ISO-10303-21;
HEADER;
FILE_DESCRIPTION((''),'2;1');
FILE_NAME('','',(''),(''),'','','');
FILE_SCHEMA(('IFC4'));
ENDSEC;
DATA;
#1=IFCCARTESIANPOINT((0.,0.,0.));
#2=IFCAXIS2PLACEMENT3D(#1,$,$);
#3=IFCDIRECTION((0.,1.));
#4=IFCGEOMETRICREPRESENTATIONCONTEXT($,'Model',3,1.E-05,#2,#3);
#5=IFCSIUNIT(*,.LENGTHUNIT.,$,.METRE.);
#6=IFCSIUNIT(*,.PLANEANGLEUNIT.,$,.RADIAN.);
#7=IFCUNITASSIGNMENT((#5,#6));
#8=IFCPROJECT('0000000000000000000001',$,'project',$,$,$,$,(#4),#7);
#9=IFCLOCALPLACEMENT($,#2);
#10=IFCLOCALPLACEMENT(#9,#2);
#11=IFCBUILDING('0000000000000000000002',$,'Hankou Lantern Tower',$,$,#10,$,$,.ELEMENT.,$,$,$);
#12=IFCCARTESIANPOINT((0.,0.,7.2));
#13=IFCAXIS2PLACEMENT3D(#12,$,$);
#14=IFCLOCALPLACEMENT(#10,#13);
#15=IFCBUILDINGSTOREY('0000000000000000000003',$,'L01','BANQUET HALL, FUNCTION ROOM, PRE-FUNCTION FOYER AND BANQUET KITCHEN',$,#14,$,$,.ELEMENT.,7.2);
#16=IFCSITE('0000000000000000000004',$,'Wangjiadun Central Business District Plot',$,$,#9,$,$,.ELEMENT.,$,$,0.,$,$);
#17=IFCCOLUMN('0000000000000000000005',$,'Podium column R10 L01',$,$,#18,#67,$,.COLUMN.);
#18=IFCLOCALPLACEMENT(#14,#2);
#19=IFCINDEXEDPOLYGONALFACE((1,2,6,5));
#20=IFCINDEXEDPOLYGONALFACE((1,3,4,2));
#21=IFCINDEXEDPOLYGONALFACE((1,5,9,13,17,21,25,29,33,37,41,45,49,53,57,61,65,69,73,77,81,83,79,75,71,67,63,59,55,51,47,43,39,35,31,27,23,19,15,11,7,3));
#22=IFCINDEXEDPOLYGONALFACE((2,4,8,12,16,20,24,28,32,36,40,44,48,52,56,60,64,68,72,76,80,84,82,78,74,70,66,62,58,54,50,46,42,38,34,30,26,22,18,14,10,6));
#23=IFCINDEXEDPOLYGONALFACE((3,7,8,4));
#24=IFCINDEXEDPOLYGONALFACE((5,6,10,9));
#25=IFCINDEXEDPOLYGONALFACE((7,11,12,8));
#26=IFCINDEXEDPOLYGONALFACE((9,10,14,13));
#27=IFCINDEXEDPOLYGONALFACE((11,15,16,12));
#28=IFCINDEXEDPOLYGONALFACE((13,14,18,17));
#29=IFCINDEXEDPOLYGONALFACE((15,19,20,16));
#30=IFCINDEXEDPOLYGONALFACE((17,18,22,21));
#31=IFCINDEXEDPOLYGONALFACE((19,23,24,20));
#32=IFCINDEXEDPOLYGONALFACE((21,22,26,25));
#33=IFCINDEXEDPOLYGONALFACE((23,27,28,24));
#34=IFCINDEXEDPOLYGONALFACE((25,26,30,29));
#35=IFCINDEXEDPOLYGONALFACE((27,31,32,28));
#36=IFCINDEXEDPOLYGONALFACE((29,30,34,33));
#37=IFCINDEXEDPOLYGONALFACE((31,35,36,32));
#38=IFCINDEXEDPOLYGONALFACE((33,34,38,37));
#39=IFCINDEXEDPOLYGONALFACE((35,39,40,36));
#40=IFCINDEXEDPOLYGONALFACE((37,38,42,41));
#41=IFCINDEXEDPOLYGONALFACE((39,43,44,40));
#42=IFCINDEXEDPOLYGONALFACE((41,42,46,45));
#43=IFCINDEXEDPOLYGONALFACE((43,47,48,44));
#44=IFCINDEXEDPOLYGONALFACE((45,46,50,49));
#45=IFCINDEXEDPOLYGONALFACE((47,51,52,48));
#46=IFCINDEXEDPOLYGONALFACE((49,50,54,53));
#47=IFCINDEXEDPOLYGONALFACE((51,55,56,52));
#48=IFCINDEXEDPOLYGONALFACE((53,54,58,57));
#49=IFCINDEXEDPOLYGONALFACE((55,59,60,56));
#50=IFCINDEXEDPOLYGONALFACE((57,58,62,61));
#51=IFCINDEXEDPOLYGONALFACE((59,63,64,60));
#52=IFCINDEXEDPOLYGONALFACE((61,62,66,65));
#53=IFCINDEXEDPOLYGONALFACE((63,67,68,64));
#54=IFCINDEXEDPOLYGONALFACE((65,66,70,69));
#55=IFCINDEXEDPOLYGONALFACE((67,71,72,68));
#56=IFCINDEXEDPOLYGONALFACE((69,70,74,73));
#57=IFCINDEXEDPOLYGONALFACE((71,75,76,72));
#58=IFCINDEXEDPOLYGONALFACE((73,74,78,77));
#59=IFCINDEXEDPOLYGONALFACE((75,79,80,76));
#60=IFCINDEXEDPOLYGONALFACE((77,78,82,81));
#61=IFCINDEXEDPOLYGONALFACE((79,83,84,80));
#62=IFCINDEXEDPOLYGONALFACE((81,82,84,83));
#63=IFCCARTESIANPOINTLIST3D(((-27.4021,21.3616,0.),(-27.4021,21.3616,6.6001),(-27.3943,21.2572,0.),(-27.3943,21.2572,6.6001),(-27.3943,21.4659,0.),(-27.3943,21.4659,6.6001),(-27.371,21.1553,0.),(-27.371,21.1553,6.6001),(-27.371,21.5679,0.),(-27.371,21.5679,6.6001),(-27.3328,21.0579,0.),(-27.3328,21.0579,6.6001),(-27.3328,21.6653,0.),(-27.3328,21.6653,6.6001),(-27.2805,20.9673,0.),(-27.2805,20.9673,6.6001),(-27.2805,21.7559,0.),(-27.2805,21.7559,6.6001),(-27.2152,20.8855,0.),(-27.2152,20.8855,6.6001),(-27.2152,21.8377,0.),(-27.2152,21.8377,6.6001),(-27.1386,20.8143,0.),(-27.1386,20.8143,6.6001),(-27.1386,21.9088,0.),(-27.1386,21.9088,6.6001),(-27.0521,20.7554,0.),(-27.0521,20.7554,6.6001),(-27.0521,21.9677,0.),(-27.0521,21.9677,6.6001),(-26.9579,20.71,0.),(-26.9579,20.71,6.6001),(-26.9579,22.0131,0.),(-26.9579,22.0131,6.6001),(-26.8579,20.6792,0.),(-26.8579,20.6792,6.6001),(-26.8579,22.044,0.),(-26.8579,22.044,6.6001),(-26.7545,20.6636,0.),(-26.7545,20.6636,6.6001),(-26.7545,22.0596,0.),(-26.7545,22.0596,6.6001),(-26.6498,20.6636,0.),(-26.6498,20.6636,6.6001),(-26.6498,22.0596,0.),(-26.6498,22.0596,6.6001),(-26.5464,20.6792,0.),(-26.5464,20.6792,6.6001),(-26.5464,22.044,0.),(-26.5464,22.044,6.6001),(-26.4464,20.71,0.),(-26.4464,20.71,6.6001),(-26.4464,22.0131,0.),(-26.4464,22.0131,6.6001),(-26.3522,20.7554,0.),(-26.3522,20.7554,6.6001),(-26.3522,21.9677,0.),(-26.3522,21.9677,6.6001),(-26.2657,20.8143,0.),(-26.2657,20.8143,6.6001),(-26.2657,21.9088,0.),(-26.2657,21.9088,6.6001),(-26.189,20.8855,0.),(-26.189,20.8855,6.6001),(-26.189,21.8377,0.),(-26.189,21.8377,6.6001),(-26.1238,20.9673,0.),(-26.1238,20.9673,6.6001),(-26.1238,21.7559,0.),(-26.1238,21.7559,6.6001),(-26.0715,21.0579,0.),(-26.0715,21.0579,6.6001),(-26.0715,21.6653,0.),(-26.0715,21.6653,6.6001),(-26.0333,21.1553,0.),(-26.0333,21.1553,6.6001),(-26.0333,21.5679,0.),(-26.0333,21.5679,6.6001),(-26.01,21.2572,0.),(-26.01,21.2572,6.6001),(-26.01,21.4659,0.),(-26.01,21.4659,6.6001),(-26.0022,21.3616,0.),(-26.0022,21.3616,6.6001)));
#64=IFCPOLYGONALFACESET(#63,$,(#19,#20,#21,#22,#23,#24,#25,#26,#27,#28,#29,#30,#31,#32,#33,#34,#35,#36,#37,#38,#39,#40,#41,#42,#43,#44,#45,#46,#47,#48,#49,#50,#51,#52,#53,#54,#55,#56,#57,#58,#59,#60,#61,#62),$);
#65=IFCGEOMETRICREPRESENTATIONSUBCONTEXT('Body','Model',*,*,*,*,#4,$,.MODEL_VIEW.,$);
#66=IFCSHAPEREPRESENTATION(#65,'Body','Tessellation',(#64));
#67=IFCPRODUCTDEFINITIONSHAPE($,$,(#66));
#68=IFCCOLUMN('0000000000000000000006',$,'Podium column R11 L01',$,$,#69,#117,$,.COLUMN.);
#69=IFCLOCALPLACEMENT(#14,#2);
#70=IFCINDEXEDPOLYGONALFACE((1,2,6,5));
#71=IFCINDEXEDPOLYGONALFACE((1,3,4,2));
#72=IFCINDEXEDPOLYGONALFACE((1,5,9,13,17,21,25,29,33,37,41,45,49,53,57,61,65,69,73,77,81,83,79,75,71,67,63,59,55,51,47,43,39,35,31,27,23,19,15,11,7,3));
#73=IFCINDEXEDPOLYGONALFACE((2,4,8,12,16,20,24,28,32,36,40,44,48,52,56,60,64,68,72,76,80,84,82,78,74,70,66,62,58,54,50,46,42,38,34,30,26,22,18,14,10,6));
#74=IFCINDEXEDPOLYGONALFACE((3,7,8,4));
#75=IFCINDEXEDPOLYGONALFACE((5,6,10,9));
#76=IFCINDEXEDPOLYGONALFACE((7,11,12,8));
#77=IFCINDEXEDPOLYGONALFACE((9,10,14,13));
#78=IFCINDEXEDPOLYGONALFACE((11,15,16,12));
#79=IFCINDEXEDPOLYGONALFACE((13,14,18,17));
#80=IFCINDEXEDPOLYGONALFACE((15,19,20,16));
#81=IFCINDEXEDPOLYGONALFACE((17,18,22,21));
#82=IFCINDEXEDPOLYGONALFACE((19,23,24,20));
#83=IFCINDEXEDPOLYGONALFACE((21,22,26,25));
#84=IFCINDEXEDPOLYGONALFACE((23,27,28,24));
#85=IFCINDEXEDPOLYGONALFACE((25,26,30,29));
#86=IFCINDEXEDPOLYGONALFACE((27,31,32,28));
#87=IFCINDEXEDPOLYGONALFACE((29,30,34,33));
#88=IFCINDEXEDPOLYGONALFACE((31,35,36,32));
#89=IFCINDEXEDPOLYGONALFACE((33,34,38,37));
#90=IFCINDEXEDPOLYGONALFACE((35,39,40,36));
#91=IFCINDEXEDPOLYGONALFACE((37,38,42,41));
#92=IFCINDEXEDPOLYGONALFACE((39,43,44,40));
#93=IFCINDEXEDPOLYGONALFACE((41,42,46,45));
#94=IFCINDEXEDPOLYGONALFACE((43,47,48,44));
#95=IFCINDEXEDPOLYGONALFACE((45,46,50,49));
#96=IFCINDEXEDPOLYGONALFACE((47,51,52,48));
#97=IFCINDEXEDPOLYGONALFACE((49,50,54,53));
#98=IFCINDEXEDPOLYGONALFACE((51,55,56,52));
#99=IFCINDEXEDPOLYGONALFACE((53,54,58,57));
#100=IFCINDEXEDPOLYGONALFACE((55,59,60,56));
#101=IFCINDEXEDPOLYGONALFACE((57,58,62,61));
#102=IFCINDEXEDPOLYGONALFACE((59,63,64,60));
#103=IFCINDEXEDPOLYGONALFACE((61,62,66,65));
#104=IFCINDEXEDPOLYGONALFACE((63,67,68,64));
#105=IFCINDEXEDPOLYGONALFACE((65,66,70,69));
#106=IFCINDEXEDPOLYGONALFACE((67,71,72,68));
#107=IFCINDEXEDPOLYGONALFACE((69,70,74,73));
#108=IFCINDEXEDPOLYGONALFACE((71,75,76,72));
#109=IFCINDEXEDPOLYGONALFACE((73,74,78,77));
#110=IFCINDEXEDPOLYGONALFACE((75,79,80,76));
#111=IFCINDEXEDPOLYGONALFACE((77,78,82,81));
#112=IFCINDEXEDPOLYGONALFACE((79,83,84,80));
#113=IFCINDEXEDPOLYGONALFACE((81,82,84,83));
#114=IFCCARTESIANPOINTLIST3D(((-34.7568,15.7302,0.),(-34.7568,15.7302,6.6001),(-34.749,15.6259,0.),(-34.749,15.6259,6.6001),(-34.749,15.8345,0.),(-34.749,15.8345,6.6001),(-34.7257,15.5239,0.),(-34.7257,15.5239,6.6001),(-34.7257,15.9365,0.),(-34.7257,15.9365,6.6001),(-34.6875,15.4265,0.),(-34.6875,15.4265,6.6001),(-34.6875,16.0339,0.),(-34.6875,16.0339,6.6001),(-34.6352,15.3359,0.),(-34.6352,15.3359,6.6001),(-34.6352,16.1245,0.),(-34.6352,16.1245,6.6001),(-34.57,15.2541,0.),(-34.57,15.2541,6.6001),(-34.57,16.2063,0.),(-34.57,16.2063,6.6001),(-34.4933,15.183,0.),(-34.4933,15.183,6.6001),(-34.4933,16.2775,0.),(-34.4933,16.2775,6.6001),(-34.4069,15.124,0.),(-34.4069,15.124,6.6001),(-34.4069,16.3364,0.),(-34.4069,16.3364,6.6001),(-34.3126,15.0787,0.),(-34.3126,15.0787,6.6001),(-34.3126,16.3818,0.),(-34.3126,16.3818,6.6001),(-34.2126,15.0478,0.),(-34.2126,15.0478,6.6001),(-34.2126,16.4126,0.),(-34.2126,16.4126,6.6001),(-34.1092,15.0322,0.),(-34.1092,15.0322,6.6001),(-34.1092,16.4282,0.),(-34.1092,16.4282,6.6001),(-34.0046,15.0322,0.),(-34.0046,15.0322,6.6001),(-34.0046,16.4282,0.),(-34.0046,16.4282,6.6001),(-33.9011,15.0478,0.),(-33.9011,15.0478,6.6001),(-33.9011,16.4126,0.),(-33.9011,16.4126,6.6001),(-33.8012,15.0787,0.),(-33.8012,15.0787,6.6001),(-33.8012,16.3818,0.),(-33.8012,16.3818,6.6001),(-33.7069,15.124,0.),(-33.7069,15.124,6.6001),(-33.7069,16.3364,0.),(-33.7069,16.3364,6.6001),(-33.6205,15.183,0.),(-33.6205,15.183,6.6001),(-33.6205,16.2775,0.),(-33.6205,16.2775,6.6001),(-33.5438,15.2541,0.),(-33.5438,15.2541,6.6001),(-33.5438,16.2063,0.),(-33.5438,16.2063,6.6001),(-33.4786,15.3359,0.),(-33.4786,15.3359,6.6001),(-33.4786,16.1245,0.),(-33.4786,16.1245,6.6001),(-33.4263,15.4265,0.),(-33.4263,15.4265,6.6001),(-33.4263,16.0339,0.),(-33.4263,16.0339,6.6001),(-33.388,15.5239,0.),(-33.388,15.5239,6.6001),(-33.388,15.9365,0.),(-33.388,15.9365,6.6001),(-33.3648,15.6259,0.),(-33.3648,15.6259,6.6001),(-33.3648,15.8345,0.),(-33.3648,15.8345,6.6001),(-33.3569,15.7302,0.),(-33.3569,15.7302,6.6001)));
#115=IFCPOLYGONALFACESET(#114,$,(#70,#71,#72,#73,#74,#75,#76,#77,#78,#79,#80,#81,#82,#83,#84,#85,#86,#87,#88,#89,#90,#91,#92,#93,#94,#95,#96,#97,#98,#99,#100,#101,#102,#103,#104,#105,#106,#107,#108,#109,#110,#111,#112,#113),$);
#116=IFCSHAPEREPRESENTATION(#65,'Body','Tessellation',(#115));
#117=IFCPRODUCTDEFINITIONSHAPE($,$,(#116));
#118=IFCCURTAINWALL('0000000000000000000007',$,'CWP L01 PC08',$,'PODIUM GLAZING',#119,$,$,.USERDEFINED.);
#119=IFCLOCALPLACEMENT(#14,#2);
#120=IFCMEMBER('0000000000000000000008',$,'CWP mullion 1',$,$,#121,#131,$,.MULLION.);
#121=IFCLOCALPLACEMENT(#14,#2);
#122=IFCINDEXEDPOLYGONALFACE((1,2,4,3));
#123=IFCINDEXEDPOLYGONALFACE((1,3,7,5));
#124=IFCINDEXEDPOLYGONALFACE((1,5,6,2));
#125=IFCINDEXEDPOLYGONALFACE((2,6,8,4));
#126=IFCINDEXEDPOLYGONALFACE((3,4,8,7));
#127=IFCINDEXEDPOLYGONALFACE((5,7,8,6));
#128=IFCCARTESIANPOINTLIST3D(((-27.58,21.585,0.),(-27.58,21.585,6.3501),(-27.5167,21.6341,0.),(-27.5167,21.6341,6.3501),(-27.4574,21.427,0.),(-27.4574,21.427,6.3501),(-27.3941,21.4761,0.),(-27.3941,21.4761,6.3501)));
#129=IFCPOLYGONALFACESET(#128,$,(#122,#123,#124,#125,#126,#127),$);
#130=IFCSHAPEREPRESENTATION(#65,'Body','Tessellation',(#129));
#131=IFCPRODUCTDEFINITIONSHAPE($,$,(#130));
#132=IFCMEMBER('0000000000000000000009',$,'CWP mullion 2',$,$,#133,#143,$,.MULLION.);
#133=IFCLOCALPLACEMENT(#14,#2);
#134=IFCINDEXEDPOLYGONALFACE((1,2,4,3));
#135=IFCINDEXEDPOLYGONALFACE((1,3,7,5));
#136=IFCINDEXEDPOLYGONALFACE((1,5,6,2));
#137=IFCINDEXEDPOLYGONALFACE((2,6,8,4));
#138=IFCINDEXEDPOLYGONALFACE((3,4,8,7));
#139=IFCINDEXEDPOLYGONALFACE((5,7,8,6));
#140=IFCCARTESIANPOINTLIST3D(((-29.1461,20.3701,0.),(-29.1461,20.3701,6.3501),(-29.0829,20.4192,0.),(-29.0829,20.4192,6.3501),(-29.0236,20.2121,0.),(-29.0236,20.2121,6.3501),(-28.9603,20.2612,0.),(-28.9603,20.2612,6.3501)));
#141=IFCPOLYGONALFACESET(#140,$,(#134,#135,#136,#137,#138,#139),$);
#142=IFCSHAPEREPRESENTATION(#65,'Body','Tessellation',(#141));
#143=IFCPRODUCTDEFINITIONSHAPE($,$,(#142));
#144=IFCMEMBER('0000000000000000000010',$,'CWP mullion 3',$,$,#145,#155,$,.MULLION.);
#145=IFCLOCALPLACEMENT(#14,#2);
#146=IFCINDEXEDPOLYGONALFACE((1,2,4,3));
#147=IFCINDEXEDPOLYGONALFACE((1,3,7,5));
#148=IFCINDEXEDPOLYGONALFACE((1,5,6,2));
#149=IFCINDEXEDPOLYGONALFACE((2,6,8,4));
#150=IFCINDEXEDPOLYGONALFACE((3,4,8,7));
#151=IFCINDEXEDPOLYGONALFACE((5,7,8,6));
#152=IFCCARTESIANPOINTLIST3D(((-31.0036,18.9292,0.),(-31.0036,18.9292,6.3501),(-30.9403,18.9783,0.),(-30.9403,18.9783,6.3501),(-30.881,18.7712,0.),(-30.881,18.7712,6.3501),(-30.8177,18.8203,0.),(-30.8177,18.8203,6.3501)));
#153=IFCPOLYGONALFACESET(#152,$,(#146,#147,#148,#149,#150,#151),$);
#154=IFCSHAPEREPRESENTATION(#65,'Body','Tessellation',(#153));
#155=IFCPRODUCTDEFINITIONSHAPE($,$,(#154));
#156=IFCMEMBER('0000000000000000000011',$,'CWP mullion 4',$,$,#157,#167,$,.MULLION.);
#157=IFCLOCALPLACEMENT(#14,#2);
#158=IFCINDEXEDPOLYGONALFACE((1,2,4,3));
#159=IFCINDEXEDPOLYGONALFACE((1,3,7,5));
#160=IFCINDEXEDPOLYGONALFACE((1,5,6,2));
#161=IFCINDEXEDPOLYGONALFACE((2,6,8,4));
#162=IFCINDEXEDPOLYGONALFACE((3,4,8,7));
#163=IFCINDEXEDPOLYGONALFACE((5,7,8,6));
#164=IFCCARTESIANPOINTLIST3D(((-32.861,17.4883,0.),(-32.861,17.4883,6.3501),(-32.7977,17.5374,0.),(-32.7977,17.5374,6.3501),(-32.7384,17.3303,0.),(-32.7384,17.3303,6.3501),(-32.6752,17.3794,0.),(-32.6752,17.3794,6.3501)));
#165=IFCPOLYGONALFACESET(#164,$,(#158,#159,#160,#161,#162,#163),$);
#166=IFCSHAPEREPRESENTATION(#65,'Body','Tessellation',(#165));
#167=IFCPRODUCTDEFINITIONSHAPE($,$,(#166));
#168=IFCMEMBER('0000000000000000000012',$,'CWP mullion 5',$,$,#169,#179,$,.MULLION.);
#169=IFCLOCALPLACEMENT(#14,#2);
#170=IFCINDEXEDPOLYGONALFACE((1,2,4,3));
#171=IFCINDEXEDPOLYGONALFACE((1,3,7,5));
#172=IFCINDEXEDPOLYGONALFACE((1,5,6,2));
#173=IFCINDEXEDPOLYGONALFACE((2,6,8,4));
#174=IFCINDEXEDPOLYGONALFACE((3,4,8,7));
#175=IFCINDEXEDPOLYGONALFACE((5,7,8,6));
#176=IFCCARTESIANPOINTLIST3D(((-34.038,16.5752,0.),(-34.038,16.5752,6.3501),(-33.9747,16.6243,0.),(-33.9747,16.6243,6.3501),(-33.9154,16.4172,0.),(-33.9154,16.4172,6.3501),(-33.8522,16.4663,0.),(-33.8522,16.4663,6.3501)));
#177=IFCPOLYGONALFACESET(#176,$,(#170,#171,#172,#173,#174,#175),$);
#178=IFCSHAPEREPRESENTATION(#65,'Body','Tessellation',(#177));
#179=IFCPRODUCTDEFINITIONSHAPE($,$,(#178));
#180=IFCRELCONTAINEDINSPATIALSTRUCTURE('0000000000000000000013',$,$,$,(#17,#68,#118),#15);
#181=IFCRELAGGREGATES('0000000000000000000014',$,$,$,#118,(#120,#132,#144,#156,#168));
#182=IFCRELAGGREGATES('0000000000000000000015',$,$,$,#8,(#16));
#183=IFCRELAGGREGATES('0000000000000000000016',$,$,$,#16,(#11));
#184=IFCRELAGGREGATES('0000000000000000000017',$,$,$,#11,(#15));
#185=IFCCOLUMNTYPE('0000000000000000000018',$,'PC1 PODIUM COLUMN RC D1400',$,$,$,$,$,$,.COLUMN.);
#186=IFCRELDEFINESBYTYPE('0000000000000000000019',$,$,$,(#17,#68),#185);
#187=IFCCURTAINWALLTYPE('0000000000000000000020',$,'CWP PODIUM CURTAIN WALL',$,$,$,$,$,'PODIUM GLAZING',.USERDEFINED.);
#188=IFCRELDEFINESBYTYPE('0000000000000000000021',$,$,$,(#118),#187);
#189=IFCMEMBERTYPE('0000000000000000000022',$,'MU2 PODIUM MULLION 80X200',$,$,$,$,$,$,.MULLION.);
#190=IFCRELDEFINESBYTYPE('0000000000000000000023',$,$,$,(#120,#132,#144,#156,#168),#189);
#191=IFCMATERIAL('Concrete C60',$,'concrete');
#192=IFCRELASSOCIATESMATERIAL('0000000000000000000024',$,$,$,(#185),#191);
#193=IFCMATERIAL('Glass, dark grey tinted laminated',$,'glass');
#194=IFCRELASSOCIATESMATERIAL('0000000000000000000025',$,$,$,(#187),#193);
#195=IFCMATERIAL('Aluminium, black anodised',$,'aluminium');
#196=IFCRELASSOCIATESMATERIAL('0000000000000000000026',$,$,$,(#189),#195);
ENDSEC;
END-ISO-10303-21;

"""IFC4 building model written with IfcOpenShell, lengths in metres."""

from ifc_helpers import new_model, si_unit, direction, frame, origin, origin_2d, place, context, subcontext, project, spatial, rectangle, circle, extrude, material, material_profile, profile_set, type_object, element, aggregate, save


model = new_model("IFC4")

# Units and contexts
model_context = context("Model", 3, precision=1e-05, world=origin(), true_north=direction((0.0, 1.0)))
body_context = subcontext(model_context, "Body", "Model", "MODEL_VIEW")
ifc_project = project(units=[si_unit("LENGTHUNIT", "METRE"), si_unit("PLANEANGLEUNIT", "RADIAN")], contexts=[model_context])

# Site, building, storey
site_placement = place(None, origin())
site = spatial("IfcSite", under=ifc_project, at=site_placement, Name="Wangjiadun Central Business District Plot", CompositionType="ELEMENT", RefElevation=0.0)
building_placement = place(site_placement, origin())
building = spatial("IfcBuilding", under=site, at=building_placement, Name="Hankou Lantern Tower", CompositionType="ELEMENT")
storey_placement = place(building_placement, frame((0.0, 0.0, 7.2)))
storey = spatial("IfcBuildingStorey", under=building, at=storey_placement, Name="L01", Description="BANQUET HALL, FUNCTION ROOM, PRE-FUNCTION FOYER AND BANQUET KITCHEN", CompositionType="ELEMENT", Elevation=7.2)

# Columns
ifc_material_1 = material(Name="Concrete C60", Category="concrete")
ifc_material_profile_1 = material_profile(ifc_material_1, circle(Radius=0.7, at=origin_2d()), Name="RC D1400")
ifc_profile_set_1 = profile_set([ifc_material_profile_1], Name="Concrete C60")
column_type = type_object("IfcColumnType", Name="PC1 PODIUM COLUMN RC D1400", PredefinedType="COLUMN", material=ifc_profile_set_1)
for number, where, z_axis, x_axis, name in (
    (1, (-26.7021, 21.3616, 0.0), (0.0, 0.0, 1.0), (1.0, 0.0, 0.0), "Podium column R10 L01"),
    (2, (-34.0569, 15.7302, 0.0), (0.0, 0.0, 1.0), (1.0, 0.0, 0.0), "Podium column R11 L01"),
):
    element("IfcColumn", number, at=place(storey_placement, frame(where, z_axis=z_axis, x_axis=x_axis)), inside=storey, type_object=column_type, Name=name, PredefinedType="COLUMN", context=body_context, shape_type="SweptSolid", body=[
        extrude(circle(Radius=0.7, at=origin_2d()), origin(), (0.0, 0.0, 1.0), 6.6001),
    ])

# Curtain wall, members
ifc_material_2 = material(Name="Glass, dark grey tinted laminated", Category="glass")
curtain_wall_type = type_object("IfcCurtainWallType", Name="CWP PODIUM CURTAIN WALL", ElementType="PODIUM GLAZING", PredefinedType="USERDEFINED", material=ifc_material_2)
curtain_wall_placement = place(storey_placement, origin())
curtain_wall = element("IfcCurtainWall", 3, at=curtain_wall_placement, inside=storey, type_object=curtain_wall_type, Name="CWP L01 PC08", ObjectType="PODIUM GLAZING", PredefinedType="USERDEFINED")
ifc_material_3 = material(Name="Aluminium, black anodised", Category="aluminium")
ifc_material_profile_2 = material_profile(ifc_material_3, rectangle(XDim=0.0801, YDim=0.2, at=origin_2d()), Name="MU2 80X200")
ifc_profile_set_2 = profile_set([ifc_material_profile_2], Name="Aluminium, black anodised")
member_type_1 = type_object("IfcMemberType", Name="MU2 PODIUM MULLION 80X200", PredefinedType="MULLION", material=ifc_profile_set_2)
member_1_placement = place(storey_placement, frame((-27.4871, 21.5305, 0.0), z_axis=(0.0, 0.0, 1.0), x_axis=(-0.79013, -0.61294, 0.0)))
member_1 = element("IfcMember", 4, at=member_1_placement, type_object=member_type_1, Name="CWP mullion 1", PredefinedType="MULLION", context=body_context, shape_type="SweptSolid", body=[
    extrude(rectangle(XDim=0.0801, YDim=0.2, at=origin_2d()), origin(), (0.0, 0.0, 1.0), 6.3501),
])
member_2_placement = place(storey_placement, frame((-29.0532, 20.3157, 0.0), z_axis=(0.0, 0.0, 1.0), x_axis=(-0.79013, -0.61294, 0.0)))
member_2 = element("IfcMember", 5, at=member_2_placement, type_object=member_type_1, Name="CWP mullion 2", PredefinedType="MULLION", context=body_context, shape_type="SweptSolid", body=[
    extrude(rectangle(XDim=0.0801, YDim=0.2, at=origin_2d()), origin(), (0.0, 0.0, 1.0), 6.3501),
])
member_3_placement = place(storey_placement, frame((-30.9106, 18.8748, 0.0), z_axis=(0.0, 0.0, 1.0), x_axis=(-0.79013, -0.61294, 0.0)))
member_3 = element("IfcMember", 6, at=member_3_placement, type_object=member_type_1, Name="CWP mullion 3", PredefinedType="MULLION", context=body_context, shape_type="SweptSolid", body=[
    extrude(rectangle(XDim=0.0801, YDim=0.2, at=origin_2d()), origin(), (0.0, 0.0, 1.0), 6.3501),
])
member_4_placement = place(storey_placement, frame((-32.7681, 17.4338, 0.0), z_axis=(0.0, 0.0, 1.0), x_axis=(-0.79013, -0.61294, 0.0)))
member_4 = element("IfcMember", 7, at=member_4_placement, type_object=member_type_1, Name="CWP mullion 4", PredefinedType="MULLION", context=body_context, shape_type="SweptSolid", body=[
    extrude(rectangle(XDim=0.0801, YDim=0.2, at=origin_2d()), origin(), (0.0, 0.0, 1.0), 6.3501),
])
member_5_placement = place(storey_placement, frame((-33.9451, 16.5208, 0.0), z_axis=(0.0, 0.0, 1.0), x_axis=(-0.79013, -0.61294, 0.0)))
member_5 = element("IfcMember", 8, at=member_5_placement, type_object=member_type_1, Name="CWP mullion 5", PredefinedType="MULLION", context=body_context, shape_type="SweptSolid", body=[
    extrude(rectangle(XDim=0.0801, YDim=0.2, at=origin_2d()), origin(), (0.0, 0.0, 1.0), 6.3501),
])

aggregate(curtain_wall, [member_1, member_2, member_3, member_4, member_5])

save(model, "model.ifc")
